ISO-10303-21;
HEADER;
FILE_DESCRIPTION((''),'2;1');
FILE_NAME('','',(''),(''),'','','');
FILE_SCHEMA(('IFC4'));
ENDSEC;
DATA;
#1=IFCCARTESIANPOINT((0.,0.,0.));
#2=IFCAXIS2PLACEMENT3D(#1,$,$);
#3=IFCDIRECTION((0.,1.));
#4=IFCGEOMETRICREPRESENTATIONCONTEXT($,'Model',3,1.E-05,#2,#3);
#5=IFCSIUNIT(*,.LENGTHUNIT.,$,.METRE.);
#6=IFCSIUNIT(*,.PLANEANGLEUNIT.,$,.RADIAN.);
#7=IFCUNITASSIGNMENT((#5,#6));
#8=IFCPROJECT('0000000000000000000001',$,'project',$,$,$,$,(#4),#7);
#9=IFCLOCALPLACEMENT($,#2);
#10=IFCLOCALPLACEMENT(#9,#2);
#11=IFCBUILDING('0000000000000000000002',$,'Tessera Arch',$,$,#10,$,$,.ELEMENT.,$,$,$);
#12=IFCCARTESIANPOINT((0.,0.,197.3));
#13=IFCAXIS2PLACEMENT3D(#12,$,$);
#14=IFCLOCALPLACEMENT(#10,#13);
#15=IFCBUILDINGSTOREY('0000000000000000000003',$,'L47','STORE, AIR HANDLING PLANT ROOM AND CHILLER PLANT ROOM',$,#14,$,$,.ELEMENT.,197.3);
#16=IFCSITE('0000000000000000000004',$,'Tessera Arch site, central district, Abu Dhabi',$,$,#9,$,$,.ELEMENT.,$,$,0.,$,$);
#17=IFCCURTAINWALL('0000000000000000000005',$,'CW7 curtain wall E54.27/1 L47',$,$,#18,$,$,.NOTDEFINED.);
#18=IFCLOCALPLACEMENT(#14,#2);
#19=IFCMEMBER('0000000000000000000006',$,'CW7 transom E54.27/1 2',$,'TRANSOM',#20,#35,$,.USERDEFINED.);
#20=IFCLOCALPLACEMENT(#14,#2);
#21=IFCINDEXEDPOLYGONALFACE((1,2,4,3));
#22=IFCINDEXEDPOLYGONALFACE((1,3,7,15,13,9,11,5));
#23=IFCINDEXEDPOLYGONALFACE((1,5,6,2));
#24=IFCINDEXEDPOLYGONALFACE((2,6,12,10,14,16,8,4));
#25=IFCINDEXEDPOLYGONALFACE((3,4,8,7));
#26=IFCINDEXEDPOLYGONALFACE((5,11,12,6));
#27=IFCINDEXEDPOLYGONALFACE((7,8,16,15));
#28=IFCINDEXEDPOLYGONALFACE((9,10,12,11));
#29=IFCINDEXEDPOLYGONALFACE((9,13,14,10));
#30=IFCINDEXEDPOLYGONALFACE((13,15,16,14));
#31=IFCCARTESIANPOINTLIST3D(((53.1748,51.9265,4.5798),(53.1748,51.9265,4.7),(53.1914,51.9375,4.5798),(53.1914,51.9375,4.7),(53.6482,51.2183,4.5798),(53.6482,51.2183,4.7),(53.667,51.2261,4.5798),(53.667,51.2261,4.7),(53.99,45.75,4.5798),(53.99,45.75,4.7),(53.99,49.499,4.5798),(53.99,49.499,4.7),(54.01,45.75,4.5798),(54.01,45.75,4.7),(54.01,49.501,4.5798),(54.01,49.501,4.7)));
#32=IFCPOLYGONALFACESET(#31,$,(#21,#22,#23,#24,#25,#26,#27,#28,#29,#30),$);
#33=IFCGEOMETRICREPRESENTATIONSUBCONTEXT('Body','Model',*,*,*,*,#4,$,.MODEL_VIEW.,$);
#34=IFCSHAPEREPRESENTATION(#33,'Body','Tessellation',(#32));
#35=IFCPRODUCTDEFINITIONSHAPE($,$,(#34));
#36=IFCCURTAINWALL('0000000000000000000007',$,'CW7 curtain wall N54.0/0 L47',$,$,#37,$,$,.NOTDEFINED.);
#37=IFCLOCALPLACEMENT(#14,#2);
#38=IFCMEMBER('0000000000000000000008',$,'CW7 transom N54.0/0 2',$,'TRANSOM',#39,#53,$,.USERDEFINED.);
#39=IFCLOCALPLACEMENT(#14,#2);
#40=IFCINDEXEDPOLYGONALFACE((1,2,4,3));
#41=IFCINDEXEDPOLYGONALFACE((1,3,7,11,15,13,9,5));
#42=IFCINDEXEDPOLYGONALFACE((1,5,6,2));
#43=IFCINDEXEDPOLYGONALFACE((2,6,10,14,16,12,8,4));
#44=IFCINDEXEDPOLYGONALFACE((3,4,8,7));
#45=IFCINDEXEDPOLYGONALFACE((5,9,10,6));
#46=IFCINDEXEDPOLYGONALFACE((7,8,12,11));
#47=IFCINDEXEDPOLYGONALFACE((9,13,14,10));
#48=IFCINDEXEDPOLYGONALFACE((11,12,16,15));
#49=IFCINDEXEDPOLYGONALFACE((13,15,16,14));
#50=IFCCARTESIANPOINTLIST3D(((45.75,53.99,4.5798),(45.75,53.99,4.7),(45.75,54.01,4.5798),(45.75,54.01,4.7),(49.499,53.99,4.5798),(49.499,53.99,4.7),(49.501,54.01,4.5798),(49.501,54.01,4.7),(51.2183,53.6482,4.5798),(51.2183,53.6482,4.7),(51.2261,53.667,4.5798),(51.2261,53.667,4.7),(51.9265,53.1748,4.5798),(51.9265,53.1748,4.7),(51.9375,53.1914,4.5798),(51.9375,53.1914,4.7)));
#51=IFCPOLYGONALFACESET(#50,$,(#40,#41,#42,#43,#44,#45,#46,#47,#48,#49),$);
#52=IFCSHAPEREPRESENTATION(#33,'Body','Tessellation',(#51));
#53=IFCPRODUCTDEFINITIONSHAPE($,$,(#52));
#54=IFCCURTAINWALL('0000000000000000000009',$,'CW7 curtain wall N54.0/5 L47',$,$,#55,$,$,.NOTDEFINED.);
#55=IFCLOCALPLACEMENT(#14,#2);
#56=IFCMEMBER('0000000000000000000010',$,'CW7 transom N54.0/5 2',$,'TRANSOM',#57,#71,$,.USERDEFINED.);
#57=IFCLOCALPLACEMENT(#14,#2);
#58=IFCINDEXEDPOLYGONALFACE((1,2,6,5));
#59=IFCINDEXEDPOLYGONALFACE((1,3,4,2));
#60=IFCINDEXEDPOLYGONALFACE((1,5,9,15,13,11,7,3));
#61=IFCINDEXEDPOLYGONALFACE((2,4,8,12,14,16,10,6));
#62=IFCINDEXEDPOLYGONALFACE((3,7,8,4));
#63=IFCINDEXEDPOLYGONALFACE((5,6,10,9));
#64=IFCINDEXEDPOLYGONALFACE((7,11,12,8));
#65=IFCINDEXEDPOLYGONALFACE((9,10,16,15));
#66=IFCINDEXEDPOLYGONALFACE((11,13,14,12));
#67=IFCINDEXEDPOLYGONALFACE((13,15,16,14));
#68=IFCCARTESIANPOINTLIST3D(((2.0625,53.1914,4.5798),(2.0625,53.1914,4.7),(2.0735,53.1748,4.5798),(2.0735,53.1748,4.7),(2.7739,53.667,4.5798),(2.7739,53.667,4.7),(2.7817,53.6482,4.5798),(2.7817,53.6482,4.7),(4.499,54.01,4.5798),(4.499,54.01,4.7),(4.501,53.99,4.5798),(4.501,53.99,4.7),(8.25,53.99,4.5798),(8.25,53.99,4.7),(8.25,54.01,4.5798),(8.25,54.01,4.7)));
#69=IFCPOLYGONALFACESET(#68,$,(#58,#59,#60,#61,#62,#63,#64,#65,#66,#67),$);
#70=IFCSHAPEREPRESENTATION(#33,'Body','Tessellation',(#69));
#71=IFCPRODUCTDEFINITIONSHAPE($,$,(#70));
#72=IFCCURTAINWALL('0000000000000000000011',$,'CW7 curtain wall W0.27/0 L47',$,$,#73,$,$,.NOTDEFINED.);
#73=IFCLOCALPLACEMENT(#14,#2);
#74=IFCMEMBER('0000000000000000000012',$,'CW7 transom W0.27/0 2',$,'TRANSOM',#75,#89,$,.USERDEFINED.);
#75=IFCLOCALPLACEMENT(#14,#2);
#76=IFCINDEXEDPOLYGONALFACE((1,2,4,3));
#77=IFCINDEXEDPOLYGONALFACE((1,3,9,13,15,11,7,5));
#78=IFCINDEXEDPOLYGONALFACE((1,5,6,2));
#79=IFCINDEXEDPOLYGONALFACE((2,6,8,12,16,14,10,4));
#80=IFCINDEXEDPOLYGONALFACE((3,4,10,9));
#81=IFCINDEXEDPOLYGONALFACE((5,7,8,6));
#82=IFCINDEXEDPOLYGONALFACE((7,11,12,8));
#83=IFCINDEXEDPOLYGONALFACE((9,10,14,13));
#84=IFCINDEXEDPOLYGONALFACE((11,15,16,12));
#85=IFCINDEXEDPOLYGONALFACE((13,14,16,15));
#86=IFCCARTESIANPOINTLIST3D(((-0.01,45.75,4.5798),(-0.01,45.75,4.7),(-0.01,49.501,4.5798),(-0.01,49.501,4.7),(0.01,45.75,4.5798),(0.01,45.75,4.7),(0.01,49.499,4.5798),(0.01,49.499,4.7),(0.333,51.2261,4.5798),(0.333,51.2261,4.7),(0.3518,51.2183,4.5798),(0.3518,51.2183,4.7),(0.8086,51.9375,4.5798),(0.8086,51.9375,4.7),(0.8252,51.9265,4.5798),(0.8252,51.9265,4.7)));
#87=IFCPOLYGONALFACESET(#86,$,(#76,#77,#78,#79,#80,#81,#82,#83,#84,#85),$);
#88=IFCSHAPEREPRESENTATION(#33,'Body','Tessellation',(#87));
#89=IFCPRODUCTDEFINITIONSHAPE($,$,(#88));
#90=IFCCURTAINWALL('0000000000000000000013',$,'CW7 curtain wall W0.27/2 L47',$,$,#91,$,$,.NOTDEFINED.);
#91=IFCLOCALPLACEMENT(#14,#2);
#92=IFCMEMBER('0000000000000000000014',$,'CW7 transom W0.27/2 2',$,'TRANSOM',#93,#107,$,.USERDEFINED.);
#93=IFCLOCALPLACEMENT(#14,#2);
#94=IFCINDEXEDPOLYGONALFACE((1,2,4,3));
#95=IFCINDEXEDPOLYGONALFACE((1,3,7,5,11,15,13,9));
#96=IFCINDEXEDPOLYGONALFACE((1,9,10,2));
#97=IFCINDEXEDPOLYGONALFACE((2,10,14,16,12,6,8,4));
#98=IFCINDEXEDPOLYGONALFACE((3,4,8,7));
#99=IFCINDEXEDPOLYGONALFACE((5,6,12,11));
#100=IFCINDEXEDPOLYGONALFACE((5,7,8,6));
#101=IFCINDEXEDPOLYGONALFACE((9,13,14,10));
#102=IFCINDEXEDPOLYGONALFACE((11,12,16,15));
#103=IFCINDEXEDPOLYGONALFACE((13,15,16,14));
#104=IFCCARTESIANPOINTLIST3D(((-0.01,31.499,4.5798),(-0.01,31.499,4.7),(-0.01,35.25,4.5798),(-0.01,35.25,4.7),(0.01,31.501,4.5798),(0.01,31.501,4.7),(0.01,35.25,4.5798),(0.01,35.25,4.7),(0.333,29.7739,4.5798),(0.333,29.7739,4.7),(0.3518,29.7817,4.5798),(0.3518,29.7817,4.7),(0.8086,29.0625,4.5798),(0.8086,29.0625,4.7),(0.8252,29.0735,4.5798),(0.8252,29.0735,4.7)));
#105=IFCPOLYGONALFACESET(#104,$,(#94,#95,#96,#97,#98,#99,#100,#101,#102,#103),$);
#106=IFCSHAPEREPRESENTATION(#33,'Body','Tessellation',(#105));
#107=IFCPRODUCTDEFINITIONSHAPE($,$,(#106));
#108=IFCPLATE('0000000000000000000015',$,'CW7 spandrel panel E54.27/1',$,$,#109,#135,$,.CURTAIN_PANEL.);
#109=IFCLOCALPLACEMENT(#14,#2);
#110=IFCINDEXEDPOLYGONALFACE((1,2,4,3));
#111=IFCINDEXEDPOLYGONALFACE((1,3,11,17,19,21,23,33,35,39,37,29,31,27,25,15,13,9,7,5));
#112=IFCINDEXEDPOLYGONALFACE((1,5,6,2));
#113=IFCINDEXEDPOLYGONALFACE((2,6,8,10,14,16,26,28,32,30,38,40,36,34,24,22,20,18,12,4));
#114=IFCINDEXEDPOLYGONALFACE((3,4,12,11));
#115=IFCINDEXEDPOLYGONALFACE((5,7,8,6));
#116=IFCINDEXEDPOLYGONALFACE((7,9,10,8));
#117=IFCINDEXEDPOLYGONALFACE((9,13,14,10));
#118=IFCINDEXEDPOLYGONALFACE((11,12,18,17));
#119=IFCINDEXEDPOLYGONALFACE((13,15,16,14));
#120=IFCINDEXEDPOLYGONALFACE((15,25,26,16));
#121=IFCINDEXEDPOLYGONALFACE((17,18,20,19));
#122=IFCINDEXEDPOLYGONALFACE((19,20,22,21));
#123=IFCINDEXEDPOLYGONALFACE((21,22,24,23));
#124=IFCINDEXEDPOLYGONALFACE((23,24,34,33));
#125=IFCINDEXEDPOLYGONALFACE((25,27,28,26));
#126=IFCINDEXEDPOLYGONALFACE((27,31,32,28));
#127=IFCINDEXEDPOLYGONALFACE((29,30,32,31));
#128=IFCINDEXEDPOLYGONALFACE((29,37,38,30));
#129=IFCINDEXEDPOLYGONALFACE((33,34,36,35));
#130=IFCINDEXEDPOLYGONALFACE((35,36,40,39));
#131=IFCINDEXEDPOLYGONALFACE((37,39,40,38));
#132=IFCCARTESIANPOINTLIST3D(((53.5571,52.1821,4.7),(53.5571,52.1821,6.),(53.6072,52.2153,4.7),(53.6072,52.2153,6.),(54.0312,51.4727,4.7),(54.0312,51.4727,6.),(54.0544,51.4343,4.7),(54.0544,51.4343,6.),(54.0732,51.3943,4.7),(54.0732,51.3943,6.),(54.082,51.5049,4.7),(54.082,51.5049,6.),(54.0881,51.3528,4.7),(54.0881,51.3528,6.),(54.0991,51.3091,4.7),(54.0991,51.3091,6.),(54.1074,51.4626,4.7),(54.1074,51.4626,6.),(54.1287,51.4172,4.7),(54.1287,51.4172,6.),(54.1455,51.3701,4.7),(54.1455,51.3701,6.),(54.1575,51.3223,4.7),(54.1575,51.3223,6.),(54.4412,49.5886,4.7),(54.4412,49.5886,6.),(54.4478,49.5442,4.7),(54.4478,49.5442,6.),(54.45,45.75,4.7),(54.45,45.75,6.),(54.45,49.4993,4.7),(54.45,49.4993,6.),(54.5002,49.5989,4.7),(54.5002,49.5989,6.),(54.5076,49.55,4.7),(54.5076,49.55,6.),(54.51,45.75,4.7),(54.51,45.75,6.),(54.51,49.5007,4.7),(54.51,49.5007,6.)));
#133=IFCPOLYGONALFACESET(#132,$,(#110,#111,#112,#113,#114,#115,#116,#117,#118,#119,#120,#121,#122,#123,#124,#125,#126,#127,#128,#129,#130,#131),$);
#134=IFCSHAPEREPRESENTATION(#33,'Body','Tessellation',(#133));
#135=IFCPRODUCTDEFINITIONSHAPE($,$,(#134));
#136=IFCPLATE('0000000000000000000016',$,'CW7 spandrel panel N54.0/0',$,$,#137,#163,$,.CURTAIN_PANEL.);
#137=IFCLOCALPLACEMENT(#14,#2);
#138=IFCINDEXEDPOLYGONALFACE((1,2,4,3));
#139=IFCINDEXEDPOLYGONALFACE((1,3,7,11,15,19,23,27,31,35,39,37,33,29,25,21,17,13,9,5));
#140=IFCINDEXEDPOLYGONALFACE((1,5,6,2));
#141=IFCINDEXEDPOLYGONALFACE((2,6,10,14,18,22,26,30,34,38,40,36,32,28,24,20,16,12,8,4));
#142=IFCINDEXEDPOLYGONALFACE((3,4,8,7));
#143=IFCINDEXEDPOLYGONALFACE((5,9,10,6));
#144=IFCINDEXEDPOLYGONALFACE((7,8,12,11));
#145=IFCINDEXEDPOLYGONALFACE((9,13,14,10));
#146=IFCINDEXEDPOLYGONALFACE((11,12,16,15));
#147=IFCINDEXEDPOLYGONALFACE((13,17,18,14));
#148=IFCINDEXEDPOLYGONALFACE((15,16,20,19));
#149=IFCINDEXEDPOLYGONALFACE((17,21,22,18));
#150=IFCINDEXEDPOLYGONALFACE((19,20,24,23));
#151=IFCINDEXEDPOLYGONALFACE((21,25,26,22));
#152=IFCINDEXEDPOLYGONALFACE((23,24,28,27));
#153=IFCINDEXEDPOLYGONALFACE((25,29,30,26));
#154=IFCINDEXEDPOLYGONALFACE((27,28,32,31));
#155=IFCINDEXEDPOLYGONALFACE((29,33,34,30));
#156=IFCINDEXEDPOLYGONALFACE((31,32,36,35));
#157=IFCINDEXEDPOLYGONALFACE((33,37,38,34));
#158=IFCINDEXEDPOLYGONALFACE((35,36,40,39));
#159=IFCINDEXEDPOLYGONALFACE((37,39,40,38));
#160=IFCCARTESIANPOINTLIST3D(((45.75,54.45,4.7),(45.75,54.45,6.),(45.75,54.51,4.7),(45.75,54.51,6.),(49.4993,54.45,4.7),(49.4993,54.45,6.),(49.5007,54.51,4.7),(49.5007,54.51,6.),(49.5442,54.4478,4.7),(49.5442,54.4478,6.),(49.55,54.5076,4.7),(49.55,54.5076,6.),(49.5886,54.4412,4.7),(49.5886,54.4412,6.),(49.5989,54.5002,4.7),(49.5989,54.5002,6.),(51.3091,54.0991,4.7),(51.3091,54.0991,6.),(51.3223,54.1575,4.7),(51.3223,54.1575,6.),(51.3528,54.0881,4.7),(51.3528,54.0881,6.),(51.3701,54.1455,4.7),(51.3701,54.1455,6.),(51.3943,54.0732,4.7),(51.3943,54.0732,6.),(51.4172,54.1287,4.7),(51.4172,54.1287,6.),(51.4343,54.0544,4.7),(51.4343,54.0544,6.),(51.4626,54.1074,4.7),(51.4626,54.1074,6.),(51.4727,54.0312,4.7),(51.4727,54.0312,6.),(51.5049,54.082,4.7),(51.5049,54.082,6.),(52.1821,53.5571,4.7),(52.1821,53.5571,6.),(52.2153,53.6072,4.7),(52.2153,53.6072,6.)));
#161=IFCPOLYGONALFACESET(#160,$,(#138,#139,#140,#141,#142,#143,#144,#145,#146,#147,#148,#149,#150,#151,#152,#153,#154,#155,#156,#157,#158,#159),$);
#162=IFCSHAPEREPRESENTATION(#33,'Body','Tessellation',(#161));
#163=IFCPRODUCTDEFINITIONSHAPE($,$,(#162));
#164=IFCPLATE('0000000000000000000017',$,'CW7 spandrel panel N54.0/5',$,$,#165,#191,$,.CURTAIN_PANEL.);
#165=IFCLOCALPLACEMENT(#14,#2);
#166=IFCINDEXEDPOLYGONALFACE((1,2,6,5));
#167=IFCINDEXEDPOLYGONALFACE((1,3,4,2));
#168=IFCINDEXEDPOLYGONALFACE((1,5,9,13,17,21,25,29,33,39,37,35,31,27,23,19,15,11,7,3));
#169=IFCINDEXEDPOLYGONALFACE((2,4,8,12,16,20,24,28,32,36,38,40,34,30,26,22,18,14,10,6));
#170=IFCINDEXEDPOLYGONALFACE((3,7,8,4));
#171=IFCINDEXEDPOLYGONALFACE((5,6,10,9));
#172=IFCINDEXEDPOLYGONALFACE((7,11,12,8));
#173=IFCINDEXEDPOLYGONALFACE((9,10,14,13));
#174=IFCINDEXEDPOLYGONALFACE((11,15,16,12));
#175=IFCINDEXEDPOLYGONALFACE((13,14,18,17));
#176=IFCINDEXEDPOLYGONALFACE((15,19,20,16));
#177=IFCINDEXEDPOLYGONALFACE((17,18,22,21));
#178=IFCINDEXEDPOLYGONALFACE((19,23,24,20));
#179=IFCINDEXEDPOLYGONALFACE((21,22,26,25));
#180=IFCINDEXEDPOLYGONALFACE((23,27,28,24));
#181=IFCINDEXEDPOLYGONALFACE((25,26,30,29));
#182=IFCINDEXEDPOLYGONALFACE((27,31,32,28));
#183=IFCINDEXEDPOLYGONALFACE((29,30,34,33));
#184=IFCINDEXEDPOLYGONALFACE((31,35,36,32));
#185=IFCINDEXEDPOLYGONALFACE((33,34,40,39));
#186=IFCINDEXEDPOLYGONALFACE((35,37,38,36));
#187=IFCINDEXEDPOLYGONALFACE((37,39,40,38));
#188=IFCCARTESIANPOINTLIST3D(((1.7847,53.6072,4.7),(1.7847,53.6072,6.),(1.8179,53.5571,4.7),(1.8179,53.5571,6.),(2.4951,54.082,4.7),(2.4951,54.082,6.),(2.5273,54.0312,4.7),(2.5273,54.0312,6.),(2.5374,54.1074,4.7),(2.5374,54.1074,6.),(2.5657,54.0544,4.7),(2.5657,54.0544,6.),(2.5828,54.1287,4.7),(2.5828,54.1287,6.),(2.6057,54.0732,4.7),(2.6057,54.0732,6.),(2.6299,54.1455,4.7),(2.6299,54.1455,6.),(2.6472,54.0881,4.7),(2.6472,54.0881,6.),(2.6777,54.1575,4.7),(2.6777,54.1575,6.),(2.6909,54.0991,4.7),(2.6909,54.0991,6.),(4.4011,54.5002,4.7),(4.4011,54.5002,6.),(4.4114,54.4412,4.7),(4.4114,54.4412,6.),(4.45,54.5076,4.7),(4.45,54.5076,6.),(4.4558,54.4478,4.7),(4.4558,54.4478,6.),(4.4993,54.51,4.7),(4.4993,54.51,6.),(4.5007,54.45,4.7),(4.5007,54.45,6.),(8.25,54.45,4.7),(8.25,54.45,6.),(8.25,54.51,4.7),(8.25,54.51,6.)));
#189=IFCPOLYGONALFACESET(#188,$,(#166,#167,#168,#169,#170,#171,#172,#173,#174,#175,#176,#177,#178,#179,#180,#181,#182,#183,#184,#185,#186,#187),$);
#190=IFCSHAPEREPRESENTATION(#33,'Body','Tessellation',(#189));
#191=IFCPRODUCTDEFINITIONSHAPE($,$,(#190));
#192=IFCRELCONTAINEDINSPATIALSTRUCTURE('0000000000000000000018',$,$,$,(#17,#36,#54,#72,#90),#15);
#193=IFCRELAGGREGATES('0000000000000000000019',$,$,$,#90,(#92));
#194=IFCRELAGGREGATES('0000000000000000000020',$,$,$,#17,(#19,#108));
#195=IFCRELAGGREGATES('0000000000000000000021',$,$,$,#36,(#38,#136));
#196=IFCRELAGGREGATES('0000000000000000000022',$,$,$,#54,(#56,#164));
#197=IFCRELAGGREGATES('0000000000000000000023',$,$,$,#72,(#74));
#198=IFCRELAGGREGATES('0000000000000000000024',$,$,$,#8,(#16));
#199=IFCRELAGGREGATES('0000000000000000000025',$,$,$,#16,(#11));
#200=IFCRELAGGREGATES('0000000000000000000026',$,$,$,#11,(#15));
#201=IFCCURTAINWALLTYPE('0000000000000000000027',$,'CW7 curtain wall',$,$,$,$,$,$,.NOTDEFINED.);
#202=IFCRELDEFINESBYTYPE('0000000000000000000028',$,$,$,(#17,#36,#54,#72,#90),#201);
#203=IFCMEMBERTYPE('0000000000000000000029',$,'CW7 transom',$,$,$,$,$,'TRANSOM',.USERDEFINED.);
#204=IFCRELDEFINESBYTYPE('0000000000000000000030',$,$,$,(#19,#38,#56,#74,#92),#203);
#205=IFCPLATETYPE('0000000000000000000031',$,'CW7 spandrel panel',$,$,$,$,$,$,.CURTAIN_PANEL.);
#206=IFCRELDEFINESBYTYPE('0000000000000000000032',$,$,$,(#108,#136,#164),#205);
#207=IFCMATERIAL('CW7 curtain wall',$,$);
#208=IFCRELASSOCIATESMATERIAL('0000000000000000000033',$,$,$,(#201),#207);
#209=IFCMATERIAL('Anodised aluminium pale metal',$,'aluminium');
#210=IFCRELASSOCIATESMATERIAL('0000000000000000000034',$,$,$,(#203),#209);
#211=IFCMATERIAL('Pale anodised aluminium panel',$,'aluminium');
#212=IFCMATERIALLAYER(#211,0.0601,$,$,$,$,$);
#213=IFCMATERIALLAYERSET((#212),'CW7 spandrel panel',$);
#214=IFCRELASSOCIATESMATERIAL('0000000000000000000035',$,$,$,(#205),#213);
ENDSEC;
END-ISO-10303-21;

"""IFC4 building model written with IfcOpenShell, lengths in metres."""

from ifc_helpers import new_model, si_unit, direction, frame, origin, origin_2d, place, context, subcontext, project, spatial, polyline, rectangle, outline, extrude, material, layer, layer_set, material_profile, profile_set, type_object, element, aggregate, save


model = new_model("IFC4")

# Units and contexts
model_context = context("Model", 3, precision=1e-05, world=origin(), true_north=direction((0.0, 1.0)))
body_context = subcontext(model_context, "Body", "Model", "MODEL_VIEW")
ifc_project = project(units=[si_unit("LENGTHUNIT", "METRE"), si_unit("PLANEANGLEUNIT", "RADIAN")], contexts=[model_context])

# Site, building, storey
site_placement = place(None, origin())
site = spatial("IfcSite", under=ifc_project, at=site_placement, Name="Tessera Arch site, central district, Abu Dhabi", CompositionType="ELEMENT", RefElevation=0.0)
building_placement = place(site_placement, origin())
building = spatial("IfcBuilding", under=site, at=building_placement, Name="Tessera Arch", CompositionType="ELEMENT")
storey_placement = place(building_placement, frame((0.0, 0.0, 197.3)))
storey = spatial("IfcBuildingStorey", under=building, at=storey_placement, Name="L47", Description="STORE, AIR HANDLING PLANT ROOM AND CHILLER PLANT ROOM", CompositionType="ELEMENT", Elevation=197.3)

# Curtain walls, members
ifc_material_1 = material(Name="CW7 curtain wall")
curtain_wall_type = type_object("IfcCurtainWallType", Name="CW7 curtain wall", PredefinedType="NOTDEFINED", material=ifc_material_1)
curtain_wall_1_placement = place(storey_placement, origin())
curtain_wall_1 = element("IfcCurtainWall", 1, at=curtain_wall_1_placement, inside=storey, type_object=curtain_wall_type, Name="CW7 curtain wall E54.27/1 L47", PredefinedType="NOTDEFINED")
ifc_material_2 = material(Name="Anodised aluminium pale metal", Category="aluminium")
ifc_material_profile = material_profile(ifc_material_2, rectangle(XDim=0.1599, YDim=0.1201, at=origin_2d()), Name="AL 160x120")
ifc_profile_set = profile_set([ifc_material_profile], Name="Anodised aluminium pale metal")
member_type = type_object("IfcMemberType", Name="CW7 transom", ElementType="TRANSOM", PredefinedType="USERDEFINED", material=ifc_profile_set)
member_1_placement = place(storey_placement, frame((0.0, 0.0, 4.5798)))
member_1 = element("IfcMember", 2, at=member_1_placement, type_object=member_type, Name="CW7 transom E54.27/1 2", ObjectType="TRANSOM", PredefinedType="USERDEFINED", context=body_context, shape_type="SweptSolid", body=[
    extrude(outline(polyline([(53.99, 49.499), (53.99, 45.75), (54.01, 45.75), (54.01, 49.501), (53.667, 51.2261), (53.1914, 51.9375), (53.1748, 51.9265), (53.6482, 51.2183), (53.99, 49.499)])), origin(), (0.0, 0.0, 1.0), 0.1201),
])
curtain_wall_2_placement = place(storey_placement, origin())
curtain_wall_2 = element("IfcCurtainWall", 3, at=curtain_wall_2_placement, inside=storey, type_object=curtain_wall_type, Name="CW7 curtain wall N54.0/0 L47", PredefinedType="NOTDEFINED")
member_2_placement = place(storey_placement, frame((0.0, 0.0, 4.5798)))
member_2 = element("IfcMember", 4, at=member_2_placement, type_object=member_type, Name="CW7 transom N54.0/0 2", ObjectType="TRANSOM", PredefinedType="USERDEFINED", context=body_context, shape_type="SweptSolid", body=[
    extrude(outline(polyline([(51.2183, 53.6482), (51.9265, 53.1748), (51.9375, 53.1914), (51.2261, 53.667), (49.501, 54.01), (45.75, 54.01), (45.75, 53.99), (49.499, 53.99), (51.2183, 53.6482)])), origin(), (0.0, 0.0, 1.0), 0.1201),
])
curtain_wall_3_placement = place(storey_placement, origin())
curtain_wall_3 = element("IfcCurtainWall", 5, at=curtain_wall_3_placement, inside=storey, type_object=curtain_wall_type, Name="CW7 curtain wall N54.0/5 L47", PredefinedType="NOTDEFINED")
member_3_placement = place(storey_placement, frame((0.0, 0.0, 4.5798)))
member_3 = element("IfcMember", 6, at=member_3_placement, type_object=member_type, Name="CW7 transom N54.0/5 2", ObjectType="TRANSOM", PredefinedType="USERDEFINED", context=body_context, shape_type="SweptSolid", body=[
    extrude(outline(polyline([(4.501, 53.99), (8.25, 53.99), (8.25, 54.01), (4.499, 54.01), (2.7739, 53.667), (2.0625, 53.1914), (2.0735, 53.1748), (2.7817, 53.6482), (4.501, 53.99)])), origin(), (0.0, 0.0, 1.0), 0.1201),
])
curtain_wall_4_placement = place(storey_placement, origin())
curtain_wall_4 = element("IfcCurtainWall", 7, at=curtain_wall_4_placement, inside=storey, type_object=curtain_wall_type, Name="CW7 curtain wall W0.27/0 L47", PredefinedType="NOTDEFINED")
member_4_placement = place(storey_placement, frame((0.0, 0.0, 4.5798)))
member_4 = element("IfcMember", 8, at=member_4_placement, type_object=member_type, Name="CW7 transom W0.27/0 2", ObjectType="TRANSOM", PredefinedType="USERDEFINED", context=body_context, shape_type="SweptSolid", body=[
    extrude(outline(polyline([(0.3518, 51.2183), (0.8252, 51.9265), (0.8086, 51.9375), (0.333, 51.2261), (-0.01, 49.501), (-0.01, 45.75), (0.01, 45.75), (0.01, 49.499), (0.3518, 51.2183)])), origin(), (0.0, 0.0, 1.0), 0.1201),
])
curtain_wall_5_placement = place(storey_placement, origin())
curtain_wall_5 = element("IfcCurtainWall", 9, at=curtain_wall_5_placement, inside=storey, type_object=curtain_wall_type, Name="CW7 curtain wall W0.27/2 L47", PredefinedType="NOTDEFINED")
member_5_placement = place(storey_placement, frame((0.0, 0.0, 4.5798)))
member_5 = element("IfcMember", 10, at=member_5_placement, type_object=member_type, Name="CW7 transom W0.27/2 2", ObjectType="TRANSOM", PredefinedType="USERDEFINED", context=body_context, shape_type="SweptSolid", body=[
    extrude(outline(polyline([(0.01, 31.501), (0.01, 35.25), (-0.01, 35.25), (-0.01, 31.499), (0.333, 29.7739), (0.8086, 29.0625), (0.8252, 29.0735), (0.3518, 29.7817), (0.01, 31.501)])), origin(), (0.0, 0.0, 1.0), 0.1201),
])
aggregate(curtain_wall_5, [member_5])

# Plates
ifc_material_3 = material(Name="Pale anodised aluminium panel", Category="aluminium")
ifc_layer = layer(ifc_material_3, 0.0601)
ifc_layer_set = layer_set([ifc_layer], Name="CW7 spandrel panel")
plate_type = type_object("IfcPlateType", Name="CW7 spandrel panel", PredefinedType="CURTAIN_PANEL", material=ifc_layer_set)
plate_1_placement = place(storey_placement, frame((0.0, 0.0, 4.7)))
plate_1 = element("IfcPlate", 11, at=plate_1_placement, type_object=plate_type, Name="CW7 spandrel panel E54.27/1", PredefinedType="CURTAIN_PANEL", context=body_context, shape_type="SweptSolid", body=[
    extrude(outline(polyline([(54.45, 49.4993), (54.45, 45.75), (54.51, 45.75), (54.51, 49.5007), (54.5076, 49.55), (54.5002, 49.5989), (54.1575, 51.3223), (54.1455, 51.3701), (54.1287, 51.4172), (54.1074, 51.4626), (54.082, 51.5049), (53.6072, 52.2153), (53.5571, 52.1821), (54.0312, 51.4727), (54.0544, 51.4343), (54.0732, 51.3943), (54.0881, 51.3528), (54.0991, 51.3091), (54.4412, 49.5886), (54.4478, 49.5442), (54.45, 49.4993)])), origin(), (0.0, 0.0, 1.0), 1.3),
])
aggregate(curtain_wall_1, [member_1, plate_1])
plate_2_placement = place(storey_placement, frame((0.0, 0.0, 4.7)))
plate_2 = element("IfcPlate", 12, at=plate_2_placement, type_object=plate_type, Name="CW7 spandrel panel N54.0/0", PredefinedType="CURTAIN_PANEL", context=body_context, shape_type="SweptSolid", body=[
    extrude(outline(polyline([(51.4727, 54.0312), (52.1821, 53.5571), (52.2153, 53.6072), (51.5049, 54.082), (51.4626, 54.1074), (51.4172, 54.1287), (51.3701, 54.1455), (51.3223, 54.1575), (49.5989, 54.5002), (49.55, 54.5076), (49.5007, 54.51), (45.75, 54.51), (45.75, 54.45), (49.4993, 54.45), (49.5442, 54.4478), (49.5886, 54.4412), (51.3091, 54.0991), (51.3528, 54.0881), (51.3943, 54.0732), (51.4343, 54.0544), (51.4727, 54.0312)])), origin(), (0.0, 0.0, 1.0), 1.3),
])
aggregate(curtain_wall_2, [member_2, plate_2])
plate_3_placement = place(storey_placement, frame((0.0, 0.0, 4.7)))
plate_3 = element("IfcPlate", 13, at=plate_3_placement, type_object=plate_type, Name="CW7 spandrel panel N54.0/5", PredefinedType="CURTAIN_PANEL", context=body_context, shape_type="SweptSolid", body=[
    extrude(outline(polyline([(4.5007, 54.45), (8.25, 54.45), (8.25, 54.51), (4.4993, 54.51), (4.45, 54.5076), (4.4011, 54.5002), (2.6777, 54.1575), (2.6299, 54.1455), (2.5828, 54.1287), (2.5374, 54.1074), (2.4951, 54.082), (1.7847, 53.6072), (1.8179, 53.5571), (2.5273, 54.0312), (2.5657, 54.0544), (2.6057, 54.0732), (2.6472, 54.0881), (2.6909, 54.0991), (4.4114, 54.4412), (4.4558, 54.4478), (4.5007, 54.45)])), origin(), (0.0, 0.0, 1.0), 1.3),
])
aggregate(curtain_wall_3, [member_3, plate_3])
aggregate(curtain_wall_4, [member_4])

save(model, "model.ifc")
